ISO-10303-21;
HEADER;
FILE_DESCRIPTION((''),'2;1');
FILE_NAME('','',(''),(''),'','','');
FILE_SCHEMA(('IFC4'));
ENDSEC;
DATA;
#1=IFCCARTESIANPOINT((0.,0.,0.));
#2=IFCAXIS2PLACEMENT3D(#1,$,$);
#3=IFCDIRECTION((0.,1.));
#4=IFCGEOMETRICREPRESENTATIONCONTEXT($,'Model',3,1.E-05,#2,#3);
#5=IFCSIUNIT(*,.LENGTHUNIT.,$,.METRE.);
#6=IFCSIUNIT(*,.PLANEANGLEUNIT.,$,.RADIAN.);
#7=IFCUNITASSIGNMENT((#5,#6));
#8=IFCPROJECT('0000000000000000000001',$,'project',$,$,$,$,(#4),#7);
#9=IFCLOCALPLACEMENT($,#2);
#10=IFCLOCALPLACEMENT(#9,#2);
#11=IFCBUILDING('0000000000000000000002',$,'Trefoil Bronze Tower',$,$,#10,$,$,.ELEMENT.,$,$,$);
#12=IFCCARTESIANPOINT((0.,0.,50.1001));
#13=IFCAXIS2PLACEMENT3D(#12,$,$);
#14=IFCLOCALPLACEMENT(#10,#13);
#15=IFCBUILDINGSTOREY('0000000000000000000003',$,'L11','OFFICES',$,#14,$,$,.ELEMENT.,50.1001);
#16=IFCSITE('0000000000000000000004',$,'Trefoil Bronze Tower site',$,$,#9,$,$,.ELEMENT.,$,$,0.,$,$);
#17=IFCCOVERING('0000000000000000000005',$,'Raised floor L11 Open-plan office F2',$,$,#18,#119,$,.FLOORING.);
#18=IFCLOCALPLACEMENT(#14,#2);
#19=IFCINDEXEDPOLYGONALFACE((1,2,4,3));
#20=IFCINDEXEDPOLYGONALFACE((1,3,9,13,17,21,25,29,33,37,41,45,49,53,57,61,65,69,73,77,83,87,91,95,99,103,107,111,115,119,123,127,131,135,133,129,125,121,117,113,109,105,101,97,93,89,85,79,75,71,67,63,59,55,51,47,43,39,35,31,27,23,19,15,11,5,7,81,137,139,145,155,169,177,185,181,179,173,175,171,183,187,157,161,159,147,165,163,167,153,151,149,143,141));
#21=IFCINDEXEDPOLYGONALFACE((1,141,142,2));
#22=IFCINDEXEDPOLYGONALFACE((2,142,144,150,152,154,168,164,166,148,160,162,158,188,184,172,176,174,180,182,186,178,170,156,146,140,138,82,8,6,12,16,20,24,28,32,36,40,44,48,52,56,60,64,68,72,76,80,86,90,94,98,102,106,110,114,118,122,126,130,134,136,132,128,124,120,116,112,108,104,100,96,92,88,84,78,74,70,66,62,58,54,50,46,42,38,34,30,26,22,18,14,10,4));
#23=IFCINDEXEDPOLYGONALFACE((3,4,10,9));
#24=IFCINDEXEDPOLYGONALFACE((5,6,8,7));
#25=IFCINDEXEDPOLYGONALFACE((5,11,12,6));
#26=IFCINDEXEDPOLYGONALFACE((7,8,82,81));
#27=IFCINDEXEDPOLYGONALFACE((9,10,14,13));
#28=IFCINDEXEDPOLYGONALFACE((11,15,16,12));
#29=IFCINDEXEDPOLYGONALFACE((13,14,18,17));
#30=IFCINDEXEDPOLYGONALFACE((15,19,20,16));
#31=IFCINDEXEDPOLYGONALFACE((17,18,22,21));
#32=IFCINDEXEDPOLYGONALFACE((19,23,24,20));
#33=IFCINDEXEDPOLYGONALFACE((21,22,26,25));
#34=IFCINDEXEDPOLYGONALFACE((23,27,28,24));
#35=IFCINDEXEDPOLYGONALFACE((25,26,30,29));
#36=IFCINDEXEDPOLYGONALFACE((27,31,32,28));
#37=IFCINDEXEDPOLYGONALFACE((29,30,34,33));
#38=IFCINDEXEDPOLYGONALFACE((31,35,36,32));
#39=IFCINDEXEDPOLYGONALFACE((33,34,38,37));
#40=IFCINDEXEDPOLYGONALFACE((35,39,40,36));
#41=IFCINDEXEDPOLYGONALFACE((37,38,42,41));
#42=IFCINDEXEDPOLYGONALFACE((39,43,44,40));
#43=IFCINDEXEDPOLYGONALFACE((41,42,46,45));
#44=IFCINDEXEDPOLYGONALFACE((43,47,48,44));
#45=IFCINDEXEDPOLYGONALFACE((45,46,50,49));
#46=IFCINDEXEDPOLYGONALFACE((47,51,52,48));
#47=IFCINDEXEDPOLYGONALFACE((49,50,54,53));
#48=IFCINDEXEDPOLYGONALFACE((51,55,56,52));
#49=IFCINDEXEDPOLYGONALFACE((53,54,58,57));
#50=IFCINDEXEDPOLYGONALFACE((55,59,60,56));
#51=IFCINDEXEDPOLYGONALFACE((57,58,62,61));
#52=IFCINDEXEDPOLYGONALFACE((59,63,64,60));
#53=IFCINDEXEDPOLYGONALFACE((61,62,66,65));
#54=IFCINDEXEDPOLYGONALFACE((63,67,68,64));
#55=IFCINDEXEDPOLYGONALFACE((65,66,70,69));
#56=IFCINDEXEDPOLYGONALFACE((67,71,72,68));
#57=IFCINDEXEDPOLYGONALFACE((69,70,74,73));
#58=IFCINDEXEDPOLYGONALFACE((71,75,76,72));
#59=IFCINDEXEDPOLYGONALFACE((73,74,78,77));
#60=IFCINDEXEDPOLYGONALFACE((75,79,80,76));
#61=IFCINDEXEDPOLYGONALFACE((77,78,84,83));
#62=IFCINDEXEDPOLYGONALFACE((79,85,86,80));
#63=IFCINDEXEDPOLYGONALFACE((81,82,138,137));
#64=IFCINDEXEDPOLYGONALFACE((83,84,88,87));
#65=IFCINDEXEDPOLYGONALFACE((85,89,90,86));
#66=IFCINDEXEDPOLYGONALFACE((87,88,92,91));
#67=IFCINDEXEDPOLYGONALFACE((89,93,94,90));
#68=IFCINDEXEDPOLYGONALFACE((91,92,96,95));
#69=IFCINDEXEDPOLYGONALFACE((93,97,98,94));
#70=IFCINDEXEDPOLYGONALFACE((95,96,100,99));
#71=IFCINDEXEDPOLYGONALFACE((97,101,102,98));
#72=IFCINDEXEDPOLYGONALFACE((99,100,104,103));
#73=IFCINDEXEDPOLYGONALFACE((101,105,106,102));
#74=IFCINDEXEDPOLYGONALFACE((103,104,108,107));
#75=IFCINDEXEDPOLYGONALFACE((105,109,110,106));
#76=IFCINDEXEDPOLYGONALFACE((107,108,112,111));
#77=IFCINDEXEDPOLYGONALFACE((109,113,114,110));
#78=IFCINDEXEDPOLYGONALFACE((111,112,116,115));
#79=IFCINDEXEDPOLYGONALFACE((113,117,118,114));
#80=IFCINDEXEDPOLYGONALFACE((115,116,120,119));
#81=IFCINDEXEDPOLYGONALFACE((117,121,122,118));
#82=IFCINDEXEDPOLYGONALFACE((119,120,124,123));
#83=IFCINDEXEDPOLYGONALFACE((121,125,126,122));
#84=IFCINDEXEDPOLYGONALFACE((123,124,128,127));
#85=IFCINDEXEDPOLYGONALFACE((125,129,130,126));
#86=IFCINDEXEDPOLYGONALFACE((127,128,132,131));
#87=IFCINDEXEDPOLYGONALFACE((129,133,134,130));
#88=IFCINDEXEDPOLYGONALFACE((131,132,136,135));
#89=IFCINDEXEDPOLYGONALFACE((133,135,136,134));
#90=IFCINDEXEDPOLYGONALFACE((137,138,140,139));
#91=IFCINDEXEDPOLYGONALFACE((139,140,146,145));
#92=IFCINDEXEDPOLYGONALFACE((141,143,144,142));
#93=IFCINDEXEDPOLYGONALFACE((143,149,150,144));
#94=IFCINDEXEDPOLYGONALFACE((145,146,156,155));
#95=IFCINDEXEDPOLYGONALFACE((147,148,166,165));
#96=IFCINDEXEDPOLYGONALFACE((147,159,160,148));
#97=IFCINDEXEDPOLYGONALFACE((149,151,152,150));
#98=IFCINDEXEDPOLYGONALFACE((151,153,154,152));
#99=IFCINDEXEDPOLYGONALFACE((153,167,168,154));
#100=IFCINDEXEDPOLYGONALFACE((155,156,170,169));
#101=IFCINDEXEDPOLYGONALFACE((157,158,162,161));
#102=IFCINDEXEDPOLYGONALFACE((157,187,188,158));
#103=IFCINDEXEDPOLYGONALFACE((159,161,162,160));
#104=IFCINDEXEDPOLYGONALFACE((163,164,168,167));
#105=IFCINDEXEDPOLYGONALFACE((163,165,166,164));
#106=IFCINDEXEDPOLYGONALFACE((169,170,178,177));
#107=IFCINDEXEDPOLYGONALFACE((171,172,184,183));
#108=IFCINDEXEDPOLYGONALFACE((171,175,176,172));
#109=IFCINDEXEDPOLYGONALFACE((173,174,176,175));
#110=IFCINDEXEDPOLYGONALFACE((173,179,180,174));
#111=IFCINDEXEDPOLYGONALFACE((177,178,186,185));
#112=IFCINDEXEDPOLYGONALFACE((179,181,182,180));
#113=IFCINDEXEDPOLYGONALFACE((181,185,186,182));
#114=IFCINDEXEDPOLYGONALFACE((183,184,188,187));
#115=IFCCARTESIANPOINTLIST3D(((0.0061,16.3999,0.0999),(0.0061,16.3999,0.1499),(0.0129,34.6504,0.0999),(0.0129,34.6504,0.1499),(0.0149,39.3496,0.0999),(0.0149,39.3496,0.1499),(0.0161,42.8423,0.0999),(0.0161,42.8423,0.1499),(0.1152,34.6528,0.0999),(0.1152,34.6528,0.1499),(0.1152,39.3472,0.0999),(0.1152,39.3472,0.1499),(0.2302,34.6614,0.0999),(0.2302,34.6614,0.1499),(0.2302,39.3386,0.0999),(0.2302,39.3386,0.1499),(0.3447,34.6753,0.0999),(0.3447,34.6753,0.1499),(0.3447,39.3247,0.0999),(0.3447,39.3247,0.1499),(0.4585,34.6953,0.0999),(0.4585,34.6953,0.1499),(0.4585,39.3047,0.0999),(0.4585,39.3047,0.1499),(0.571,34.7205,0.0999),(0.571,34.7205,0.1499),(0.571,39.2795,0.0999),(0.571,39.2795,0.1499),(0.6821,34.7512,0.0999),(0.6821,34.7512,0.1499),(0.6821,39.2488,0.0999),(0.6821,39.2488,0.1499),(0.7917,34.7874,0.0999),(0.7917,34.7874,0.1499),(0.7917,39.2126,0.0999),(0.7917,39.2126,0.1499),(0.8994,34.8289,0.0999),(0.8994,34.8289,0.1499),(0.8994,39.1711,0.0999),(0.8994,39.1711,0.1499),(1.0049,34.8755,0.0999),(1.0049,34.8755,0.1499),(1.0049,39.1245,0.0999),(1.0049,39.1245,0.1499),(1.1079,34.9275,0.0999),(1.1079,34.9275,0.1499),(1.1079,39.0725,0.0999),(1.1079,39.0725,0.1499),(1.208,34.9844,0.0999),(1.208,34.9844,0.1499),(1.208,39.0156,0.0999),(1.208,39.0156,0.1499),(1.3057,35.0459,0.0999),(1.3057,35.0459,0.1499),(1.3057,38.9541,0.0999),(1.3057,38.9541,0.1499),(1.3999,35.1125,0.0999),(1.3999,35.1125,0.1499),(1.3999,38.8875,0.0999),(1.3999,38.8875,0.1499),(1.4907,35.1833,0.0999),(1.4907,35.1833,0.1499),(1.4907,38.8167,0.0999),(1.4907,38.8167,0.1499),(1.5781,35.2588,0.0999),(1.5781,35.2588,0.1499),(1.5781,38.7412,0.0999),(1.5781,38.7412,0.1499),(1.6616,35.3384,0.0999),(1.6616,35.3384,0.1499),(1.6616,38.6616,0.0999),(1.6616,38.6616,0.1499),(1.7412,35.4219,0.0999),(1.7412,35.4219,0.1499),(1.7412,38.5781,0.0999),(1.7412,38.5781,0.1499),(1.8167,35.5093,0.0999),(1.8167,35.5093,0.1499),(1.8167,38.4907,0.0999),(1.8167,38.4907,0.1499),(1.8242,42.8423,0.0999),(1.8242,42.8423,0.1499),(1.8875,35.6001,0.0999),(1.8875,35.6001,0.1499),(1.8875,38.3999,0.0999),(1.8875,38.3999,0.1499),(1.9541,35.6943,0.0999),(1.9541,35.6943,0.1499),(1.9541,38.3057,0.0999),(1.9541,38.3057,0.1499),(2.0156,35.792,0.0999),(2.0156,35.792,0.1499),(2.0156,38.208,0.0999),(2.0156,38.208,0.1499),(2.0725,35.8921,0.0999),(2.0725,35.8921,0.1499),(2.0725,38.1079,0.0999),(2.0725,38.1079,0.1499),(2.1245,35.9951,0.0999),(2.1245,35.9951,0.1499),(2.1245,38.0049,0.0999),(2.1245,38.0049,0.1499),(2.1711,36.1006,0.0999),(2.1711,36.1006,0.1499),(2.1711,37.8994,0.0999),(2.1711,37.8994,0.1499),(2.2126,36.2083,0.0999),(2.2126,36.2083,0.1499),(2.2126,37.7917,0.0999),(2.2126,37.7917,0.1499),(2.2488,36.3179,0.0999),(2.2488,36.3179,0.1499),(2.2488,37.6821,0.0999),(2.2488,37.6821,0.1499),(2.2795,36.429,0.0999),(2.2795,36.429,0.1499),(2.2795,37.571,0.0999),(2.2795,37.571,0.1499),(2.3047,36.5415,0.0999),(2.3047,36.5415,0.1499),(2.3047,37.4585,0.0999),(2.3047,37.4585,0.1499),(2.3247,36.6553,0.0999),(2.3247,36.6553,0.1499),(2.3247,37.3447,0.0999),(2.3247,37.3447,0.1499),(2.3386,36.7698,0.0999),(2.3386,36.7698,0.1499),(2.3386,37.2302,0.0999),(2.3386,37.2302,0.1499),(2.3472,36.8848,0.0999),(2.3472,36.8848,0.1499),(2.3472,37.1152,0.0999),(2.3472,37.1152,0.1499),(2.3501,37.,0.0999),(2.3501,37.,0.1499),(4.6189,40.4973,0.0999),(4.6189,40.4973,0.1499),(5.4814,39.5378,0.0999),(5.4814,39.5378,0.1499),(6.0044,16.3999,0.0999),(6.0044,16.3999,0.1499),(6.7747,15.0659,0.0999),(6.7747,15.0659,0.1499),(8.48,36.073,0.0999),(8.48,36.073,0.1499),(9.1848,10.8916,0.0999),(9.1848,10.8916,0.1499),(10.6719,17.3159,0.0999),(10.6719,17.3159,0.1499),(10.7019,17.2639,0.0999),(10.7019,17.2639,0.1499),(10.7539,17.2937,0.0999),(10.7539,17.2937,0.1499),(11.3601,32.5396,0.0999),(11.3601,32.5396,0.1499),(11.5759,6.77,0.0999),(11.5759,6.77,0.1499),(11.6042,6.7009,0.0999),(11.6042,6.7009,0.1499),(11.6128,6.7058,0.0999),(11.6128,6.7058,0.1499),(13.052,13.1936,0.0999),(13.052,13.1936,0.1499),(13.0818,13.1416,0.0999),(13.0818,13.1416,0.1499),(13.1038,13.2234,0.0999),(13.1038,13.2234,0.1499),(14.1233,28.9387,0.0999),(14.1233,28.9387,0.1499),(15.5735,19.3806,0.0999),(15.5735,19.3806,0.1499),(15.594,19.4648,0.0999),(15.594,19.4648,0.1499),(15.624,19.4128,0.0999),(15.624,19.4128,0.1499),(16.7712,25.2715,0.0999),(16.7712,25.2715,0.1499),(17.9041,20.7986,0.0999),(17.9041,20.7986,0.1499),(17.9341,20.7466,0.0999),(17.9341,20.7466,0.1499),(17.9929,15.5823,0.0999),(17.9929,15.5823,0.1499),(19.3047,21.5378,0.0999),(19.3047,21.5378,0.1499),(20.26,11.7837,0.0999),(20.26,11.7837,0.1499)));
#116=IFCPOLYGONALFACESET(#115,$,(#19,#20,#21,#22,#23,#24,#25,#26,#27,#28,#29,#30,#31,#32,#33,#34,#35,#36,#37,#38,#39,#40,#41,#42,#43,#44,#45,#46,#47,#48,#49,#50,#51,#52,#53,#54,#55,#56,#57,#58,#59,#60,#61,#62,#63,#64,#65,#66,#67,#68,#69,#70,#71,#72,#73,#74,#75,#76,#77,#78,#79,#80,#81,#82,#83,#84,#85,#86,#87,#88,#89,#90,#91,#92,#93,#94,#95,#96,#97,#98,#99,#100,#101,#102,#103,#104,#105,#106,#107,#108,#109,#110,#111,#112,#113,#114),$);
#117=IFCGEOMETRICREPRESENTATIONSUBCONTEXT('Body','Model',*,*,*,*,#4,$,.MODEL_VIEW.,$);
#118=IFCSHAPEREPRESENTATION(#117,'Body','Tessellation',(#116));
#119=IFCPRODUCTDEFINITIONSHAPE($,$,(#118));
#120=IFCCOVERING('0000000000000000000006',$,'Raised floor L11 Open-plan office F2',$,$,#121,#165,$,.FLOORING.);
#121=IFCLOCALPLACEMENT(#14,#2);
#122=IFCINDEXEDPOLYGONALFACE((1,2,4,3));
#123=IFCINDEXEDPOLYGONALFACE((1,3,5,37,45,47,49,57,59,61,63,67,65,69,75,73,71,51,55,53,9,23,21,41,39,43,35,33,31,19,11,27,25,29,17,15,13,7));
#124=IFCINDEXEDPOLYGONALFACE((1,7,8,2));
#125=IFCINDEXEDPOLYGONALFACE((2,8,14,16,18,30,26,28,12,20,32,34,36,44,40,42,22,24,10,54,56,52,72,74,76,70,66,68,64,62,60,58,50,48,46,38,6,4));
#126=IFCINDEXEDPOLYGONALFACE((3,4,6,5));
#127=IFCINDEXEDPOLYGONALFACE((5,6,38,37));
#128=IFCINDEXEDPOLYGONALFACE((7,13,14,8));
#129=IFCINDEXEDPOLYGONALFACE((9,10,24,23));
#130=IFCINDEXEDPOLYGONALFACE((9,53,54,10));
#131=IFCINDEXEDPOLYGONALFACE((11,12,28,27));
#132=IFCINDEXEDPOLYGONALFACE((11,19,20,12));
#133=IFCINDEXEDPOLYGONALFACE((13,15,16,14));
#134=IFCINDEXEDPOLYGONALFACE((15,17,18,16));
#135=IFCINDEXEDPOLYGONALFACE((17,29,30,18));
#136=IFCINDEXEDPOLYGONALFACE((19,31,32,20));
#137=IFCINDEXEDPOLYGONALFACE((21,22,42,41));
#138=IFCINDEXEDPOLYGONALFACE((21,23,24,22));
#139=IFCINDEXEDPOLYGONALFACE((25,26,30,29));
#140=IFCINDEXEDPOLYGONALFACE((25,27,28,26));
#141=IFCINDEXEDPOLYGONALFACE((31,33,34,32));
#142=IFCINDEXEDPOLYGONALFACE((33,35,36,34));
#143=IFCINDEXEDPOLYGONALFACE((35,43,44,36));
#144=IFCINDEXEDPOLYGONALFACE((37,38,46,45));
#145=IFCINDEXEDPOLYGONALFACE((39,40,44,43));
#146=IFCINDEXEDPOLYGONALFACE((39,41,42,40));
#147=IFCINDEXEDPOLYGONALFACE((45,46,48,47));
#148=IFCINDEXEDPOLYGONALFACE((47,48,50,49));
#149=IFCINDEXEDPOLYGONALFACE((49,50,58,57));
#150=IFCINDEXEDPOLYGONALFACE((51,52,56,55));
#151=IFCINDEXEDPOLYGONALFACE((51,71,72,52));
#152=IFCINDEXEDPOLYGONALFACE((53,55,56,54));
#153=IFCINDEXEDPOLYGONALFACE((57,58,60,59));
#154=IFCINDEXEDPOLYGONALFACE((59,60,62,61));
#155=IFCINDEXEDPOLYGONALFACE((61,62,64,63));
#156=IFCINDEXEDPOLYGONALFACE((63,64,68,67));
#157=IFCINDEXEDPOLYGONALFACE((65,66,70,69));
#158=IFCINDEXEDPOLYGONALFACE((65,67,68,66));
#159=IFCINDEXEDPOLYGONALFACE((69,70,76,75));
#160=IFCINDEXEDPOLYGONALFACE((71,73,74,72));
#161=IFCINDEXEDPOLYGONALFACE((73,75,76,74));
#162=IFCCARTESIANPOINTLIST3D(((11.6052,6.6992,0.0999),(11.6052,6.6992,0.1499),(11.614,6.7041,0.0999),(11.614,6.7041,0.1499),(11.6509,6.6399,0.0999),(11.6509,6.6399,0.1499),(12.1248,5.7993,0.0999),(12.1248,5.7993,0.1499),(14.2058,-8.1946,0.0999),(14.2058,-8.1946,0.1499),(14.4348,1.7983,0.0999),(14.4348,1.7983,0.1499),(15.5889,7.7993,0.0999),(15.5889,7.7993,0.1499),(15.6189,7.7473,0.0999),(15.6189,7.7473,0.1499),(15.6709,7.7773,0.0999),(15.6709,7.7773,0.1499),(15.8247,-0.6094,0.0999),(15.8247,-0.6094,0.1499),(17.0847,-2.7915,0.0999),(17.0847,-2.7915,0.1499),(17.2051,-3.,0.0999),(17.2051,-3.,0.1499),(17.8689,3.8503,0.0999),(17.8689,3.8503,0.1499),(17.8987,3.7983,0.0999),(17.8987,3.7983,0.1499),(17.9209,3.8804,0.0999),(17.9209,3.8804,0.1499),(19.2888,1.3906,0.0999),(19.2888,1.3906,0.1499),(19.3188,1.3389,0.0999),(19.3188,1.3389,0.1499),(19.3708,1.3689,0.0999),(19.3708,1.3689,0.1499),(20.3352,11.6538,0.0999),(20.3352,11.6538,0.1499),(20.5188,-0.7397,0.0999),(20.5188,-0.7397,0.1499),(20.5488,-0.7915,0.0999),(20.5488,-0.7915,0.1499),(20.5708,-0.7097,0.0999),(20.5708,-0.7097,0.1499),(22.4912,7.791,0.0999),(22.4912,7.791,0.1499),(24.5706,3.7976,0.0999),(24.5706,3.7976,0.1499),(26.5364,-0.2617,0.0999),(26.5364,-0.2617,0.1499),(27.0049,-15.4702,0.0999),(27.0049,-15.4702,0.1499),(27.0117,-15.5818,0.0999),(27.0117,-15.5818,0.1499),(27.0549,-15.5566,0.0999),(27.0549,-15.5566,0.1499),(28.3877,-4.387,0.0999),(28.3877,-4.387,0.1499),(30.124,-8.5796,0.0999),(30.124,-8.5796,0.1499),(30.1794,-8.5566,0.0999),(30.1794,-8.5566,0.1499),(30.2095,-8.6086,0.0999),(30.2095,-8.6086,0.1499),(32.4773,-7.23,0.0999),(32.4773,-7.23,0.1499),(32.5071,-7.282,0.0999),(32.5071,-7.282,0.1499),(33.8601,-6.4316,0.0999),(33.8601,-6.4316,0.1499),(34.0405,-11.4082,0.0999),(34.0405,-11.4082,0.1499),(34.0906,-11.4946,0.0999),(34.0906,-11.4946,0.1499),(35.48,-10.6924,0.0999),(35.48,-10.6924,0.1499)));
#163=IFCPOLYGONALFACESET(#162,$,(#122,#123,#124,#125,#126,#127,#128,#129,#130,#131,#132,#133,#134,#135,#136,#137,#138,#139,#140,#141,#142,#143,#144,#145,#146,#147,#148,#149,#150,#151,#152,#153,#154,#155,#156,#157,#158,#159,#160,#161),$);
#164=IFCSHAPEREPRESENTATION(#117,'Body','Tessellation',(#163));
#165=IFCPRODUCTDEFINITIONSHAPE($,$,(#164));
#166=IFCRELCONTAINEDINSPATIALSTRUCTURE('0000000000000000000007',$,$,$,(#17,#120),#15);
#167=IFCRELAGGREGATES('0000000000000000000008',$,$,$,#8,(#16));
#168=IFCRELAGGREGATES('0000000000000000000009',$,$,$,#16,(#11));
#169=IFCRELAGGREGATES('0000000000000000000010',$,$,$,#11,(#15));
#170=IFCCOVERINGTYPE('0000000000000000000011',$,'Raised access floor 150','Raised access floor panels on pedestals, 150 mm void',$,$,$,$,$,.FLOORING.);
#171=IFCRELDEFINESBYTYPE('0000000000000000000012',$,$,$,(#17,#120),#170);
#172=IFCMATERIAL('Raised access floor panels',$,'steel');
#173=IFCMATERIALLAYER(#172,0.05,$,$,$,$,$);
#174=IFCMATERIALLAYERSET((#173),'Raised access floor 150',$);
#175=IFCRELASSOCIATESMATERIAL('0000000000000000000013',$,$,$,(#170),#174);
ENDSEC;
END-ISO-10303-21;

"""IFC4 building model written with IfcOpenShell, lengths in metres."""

from ifc_helpers import new_model, si_unit, direction, frame, origin, place, context, subcontext, project, spatial, polyline, outline, extrude, material, layer, layer_set, type_object, element, save


model = new_model("IFC4")

# Units and contexts
model_context = context("Model", 3, precision=1e-05, world=origin(), true_north=direction((0.0, 1.0)))
body_context = subcontext(model_context, "Body", "Model", "MODEL_VIEW")
ifc_project = project(units=[si_unit("LENGTHUNIT", "METRE"), si_unit("PLANEANGLEUNIT", "RADIAN")], contexts=[model_context])

# Site, building, storey
site_placement = place(None, origin())
site = spatial("IfcSite", under=ifc_project, at=site_placement, Name="Trefoil Bronze Tower site", CompositionType="ELEMENT", RefElevation=0.0)
building_placement = place(site_placement, origin())
building = spatial("IfcBuilding", under=site, at=building_placement, Name="Trefoil Bronze Tower", CompositionType="ELEMENT")
storey_placement = place(building_placement, frame((0.0, 0.0, 50.1001)))
storey = spatial("IfcBuildingStorey", under=building, at=storey_placement, Name="L11", Description="OFFICES", CompositionType="ELEMENT", Elevation=50.1001)

# Coverings
ifc_material_1 = material(Name="Raised access floor panels", Category="steel")
ifc_layer_1 = layer(ifc_material_1, 0.05)
ifc_layer_set_1 = layer_set([ifc_layer_1], Name="Raised access floor 150")
covering_type_1 = type_object("IfcCoveringType", Name="Raised access floor 150", Description="Raised access floor panels on pedestals, 150 mm void", PredefinedType="FLOORING", material=ifc_layer_set_1)
covering_1_placement = place(storey_placement, frame((0.0, 0.0, 0.0999)))
element("IfcCovering", 1, at=covering_1_placement, inside=storey, type_object=covering_type_1, Name="Raised floor L11 Open-plan office F2", PredefinedType="FLOORING", context=body_context, shape_type="SweptSolid", body=[
    extrude(outline(polyline([(8.48, 36.073), (11.3601, 32.5396), (14.1233, 28.9387), (16.7712, 25.2715), (19.3047, 21.5378), (17.9341, 20.7466), (17.9041, 20.7986), (15.594, 19.4648), (15.624, 19.4128), (15.5735, 19.3806), (17.9929, 15.5823), (20.26, 11.7837), (11.5759, 6.77), (11.6128, 6.7058), (11.6042, 6.7009), (9.1848, 10.8916), (13.0818, 13.1416), (13.052, 13.1936), (13.1038, 13.2234), (10.7539, 17.2937), (10.7019, 17.2639), (10.6719, 17.3159), (6.7747, 15.0659), (6.0044, 16.3999), (0.0061, 16.3999), (0.0129, 34.6504), (0.1152, 34.6528), (0.2302, 34.6614), (0.3447, 34.6753), (0.4585, 34.6953), (0.571, 34.7205), (0.6821, 34.7512), (0.7917, 34.7874), (0.8994, 34.8289), (1.0049, 34.8755), (1.1079, 34.9275), (1.208, 34.9844), (1.3057, 35.0459), (1.3999, 35.1125), (1.4907, 35.1833), (1.5781, 35.2588), (1.6616, 35.3384), (1.7412, 35.4219), (1.8167, 35.5093), (1.8875, 35.6001), (1.9541, 35.6943), (2.0156, 35.792), (2.0725, 35.8921), (2.1245, 35.9951), (2.1711, 36.1006), (2.2126, 36.2083), (2.2488, 36.3179), (2.2795, 36.429), (2.3047, 36.5415), (2.3247, 36.6553), (2.3386, 36.7698), (2.3472, 36.8848), (2.3501, 37.0), (2.3472, 37.1152), (2.3386, 37.2302), (2.3247, 37.3447), (2.3047, 37.4585), (2.2795, 37.571), (2.2488, 37.6821), (2.2126, 37.7917), (2.1711, 37.8994), (2.1245, 38.0049), (2.0725, 38.1079), (2.0156, 38.208), (1.9541, 38.3057), (1.8875, 38.3999), (1.8167, 38.4907), (1.7412, 38.5781), (1.6616, 38.6616), (1.5781, 38.7412), (1.4907, 38.8167), (1.3999, 38.8875), (1.3057, 38.9541), (1.208, 39.0156), (1.1079, 39.0725), (1.0049, 39.1245), (0.8994, 39.1711), (0.7917, 39.2126), (0.6821, 39.2488), (0.571, 39.2795), (0.4585, 39.3047), (0.3447, 39.3247), (0.2302, 39.3386), (0.1152, 39.3472), (0.0149, 39.3496), (0.0161, 42.8423), (1.8242, 42.8423), (4.6189, 40.4973), (5.4814, 39.5378), (8.48, 36.073)])), origin(), (0.0, 0.0, 1.0), 0.05),
])
covering_2_placement = place(storey_placement, frame((0.0, 0.0, 0.0999)))
element("IfcCovering", 2, at=covering_2_placement, inside=storey, type_object=covering_type_1, Name="Raised floor L11 Open-plan office F2", PredefinedType="FLOORING", context=body_context, shape_type="SweptSolid", body=[
    extrude(outline(polyline([(27.0117, -15.5818), (14.2058, -8.1946), (17.2051, -3.0), (17.0847, -2.7915), (20.5488, -0.7915), (20.5188, -0.7397), (20.5708, -0.7097), (19.3708, 1.3689), (19.3188, 1.3389), (19.2888, 1.3906), (15.8247, -0.6094), (14.4348, 1.7983), (17.8987, 3.7983), (17.8689, 3.8503), (17.9209, 3.8804), (15.6709, 7.7773), (15.6189, 7.7473), (15.5889, 7.7993), (12.1248, 5.7993), (11.6052, 6.6992), (11.614, 6.7041), (11.6509, 6.6399), (20.3352, 11.6538), (22.4912, 7.791), (24.5706, 3.7976), (26.5364, -0.2617), (28.3877, -4.387), (30.124, -8.5796), (30.1794, -8.5566), (30.2095, -8.6086), (32.5071, -7.282), (32.4773, -7.23), (33.8601, -6.4316), (35.48, -10.6924), (34.0906, -11.4946), (34.0405, -11.4082), (27.0049, -15.4702), (27.0549, -15.5566), (27.0117, -15.5818)])), origin(), (0.0, 0.0, 1.0), 0.05),
])

save(model, "model.ifc")
